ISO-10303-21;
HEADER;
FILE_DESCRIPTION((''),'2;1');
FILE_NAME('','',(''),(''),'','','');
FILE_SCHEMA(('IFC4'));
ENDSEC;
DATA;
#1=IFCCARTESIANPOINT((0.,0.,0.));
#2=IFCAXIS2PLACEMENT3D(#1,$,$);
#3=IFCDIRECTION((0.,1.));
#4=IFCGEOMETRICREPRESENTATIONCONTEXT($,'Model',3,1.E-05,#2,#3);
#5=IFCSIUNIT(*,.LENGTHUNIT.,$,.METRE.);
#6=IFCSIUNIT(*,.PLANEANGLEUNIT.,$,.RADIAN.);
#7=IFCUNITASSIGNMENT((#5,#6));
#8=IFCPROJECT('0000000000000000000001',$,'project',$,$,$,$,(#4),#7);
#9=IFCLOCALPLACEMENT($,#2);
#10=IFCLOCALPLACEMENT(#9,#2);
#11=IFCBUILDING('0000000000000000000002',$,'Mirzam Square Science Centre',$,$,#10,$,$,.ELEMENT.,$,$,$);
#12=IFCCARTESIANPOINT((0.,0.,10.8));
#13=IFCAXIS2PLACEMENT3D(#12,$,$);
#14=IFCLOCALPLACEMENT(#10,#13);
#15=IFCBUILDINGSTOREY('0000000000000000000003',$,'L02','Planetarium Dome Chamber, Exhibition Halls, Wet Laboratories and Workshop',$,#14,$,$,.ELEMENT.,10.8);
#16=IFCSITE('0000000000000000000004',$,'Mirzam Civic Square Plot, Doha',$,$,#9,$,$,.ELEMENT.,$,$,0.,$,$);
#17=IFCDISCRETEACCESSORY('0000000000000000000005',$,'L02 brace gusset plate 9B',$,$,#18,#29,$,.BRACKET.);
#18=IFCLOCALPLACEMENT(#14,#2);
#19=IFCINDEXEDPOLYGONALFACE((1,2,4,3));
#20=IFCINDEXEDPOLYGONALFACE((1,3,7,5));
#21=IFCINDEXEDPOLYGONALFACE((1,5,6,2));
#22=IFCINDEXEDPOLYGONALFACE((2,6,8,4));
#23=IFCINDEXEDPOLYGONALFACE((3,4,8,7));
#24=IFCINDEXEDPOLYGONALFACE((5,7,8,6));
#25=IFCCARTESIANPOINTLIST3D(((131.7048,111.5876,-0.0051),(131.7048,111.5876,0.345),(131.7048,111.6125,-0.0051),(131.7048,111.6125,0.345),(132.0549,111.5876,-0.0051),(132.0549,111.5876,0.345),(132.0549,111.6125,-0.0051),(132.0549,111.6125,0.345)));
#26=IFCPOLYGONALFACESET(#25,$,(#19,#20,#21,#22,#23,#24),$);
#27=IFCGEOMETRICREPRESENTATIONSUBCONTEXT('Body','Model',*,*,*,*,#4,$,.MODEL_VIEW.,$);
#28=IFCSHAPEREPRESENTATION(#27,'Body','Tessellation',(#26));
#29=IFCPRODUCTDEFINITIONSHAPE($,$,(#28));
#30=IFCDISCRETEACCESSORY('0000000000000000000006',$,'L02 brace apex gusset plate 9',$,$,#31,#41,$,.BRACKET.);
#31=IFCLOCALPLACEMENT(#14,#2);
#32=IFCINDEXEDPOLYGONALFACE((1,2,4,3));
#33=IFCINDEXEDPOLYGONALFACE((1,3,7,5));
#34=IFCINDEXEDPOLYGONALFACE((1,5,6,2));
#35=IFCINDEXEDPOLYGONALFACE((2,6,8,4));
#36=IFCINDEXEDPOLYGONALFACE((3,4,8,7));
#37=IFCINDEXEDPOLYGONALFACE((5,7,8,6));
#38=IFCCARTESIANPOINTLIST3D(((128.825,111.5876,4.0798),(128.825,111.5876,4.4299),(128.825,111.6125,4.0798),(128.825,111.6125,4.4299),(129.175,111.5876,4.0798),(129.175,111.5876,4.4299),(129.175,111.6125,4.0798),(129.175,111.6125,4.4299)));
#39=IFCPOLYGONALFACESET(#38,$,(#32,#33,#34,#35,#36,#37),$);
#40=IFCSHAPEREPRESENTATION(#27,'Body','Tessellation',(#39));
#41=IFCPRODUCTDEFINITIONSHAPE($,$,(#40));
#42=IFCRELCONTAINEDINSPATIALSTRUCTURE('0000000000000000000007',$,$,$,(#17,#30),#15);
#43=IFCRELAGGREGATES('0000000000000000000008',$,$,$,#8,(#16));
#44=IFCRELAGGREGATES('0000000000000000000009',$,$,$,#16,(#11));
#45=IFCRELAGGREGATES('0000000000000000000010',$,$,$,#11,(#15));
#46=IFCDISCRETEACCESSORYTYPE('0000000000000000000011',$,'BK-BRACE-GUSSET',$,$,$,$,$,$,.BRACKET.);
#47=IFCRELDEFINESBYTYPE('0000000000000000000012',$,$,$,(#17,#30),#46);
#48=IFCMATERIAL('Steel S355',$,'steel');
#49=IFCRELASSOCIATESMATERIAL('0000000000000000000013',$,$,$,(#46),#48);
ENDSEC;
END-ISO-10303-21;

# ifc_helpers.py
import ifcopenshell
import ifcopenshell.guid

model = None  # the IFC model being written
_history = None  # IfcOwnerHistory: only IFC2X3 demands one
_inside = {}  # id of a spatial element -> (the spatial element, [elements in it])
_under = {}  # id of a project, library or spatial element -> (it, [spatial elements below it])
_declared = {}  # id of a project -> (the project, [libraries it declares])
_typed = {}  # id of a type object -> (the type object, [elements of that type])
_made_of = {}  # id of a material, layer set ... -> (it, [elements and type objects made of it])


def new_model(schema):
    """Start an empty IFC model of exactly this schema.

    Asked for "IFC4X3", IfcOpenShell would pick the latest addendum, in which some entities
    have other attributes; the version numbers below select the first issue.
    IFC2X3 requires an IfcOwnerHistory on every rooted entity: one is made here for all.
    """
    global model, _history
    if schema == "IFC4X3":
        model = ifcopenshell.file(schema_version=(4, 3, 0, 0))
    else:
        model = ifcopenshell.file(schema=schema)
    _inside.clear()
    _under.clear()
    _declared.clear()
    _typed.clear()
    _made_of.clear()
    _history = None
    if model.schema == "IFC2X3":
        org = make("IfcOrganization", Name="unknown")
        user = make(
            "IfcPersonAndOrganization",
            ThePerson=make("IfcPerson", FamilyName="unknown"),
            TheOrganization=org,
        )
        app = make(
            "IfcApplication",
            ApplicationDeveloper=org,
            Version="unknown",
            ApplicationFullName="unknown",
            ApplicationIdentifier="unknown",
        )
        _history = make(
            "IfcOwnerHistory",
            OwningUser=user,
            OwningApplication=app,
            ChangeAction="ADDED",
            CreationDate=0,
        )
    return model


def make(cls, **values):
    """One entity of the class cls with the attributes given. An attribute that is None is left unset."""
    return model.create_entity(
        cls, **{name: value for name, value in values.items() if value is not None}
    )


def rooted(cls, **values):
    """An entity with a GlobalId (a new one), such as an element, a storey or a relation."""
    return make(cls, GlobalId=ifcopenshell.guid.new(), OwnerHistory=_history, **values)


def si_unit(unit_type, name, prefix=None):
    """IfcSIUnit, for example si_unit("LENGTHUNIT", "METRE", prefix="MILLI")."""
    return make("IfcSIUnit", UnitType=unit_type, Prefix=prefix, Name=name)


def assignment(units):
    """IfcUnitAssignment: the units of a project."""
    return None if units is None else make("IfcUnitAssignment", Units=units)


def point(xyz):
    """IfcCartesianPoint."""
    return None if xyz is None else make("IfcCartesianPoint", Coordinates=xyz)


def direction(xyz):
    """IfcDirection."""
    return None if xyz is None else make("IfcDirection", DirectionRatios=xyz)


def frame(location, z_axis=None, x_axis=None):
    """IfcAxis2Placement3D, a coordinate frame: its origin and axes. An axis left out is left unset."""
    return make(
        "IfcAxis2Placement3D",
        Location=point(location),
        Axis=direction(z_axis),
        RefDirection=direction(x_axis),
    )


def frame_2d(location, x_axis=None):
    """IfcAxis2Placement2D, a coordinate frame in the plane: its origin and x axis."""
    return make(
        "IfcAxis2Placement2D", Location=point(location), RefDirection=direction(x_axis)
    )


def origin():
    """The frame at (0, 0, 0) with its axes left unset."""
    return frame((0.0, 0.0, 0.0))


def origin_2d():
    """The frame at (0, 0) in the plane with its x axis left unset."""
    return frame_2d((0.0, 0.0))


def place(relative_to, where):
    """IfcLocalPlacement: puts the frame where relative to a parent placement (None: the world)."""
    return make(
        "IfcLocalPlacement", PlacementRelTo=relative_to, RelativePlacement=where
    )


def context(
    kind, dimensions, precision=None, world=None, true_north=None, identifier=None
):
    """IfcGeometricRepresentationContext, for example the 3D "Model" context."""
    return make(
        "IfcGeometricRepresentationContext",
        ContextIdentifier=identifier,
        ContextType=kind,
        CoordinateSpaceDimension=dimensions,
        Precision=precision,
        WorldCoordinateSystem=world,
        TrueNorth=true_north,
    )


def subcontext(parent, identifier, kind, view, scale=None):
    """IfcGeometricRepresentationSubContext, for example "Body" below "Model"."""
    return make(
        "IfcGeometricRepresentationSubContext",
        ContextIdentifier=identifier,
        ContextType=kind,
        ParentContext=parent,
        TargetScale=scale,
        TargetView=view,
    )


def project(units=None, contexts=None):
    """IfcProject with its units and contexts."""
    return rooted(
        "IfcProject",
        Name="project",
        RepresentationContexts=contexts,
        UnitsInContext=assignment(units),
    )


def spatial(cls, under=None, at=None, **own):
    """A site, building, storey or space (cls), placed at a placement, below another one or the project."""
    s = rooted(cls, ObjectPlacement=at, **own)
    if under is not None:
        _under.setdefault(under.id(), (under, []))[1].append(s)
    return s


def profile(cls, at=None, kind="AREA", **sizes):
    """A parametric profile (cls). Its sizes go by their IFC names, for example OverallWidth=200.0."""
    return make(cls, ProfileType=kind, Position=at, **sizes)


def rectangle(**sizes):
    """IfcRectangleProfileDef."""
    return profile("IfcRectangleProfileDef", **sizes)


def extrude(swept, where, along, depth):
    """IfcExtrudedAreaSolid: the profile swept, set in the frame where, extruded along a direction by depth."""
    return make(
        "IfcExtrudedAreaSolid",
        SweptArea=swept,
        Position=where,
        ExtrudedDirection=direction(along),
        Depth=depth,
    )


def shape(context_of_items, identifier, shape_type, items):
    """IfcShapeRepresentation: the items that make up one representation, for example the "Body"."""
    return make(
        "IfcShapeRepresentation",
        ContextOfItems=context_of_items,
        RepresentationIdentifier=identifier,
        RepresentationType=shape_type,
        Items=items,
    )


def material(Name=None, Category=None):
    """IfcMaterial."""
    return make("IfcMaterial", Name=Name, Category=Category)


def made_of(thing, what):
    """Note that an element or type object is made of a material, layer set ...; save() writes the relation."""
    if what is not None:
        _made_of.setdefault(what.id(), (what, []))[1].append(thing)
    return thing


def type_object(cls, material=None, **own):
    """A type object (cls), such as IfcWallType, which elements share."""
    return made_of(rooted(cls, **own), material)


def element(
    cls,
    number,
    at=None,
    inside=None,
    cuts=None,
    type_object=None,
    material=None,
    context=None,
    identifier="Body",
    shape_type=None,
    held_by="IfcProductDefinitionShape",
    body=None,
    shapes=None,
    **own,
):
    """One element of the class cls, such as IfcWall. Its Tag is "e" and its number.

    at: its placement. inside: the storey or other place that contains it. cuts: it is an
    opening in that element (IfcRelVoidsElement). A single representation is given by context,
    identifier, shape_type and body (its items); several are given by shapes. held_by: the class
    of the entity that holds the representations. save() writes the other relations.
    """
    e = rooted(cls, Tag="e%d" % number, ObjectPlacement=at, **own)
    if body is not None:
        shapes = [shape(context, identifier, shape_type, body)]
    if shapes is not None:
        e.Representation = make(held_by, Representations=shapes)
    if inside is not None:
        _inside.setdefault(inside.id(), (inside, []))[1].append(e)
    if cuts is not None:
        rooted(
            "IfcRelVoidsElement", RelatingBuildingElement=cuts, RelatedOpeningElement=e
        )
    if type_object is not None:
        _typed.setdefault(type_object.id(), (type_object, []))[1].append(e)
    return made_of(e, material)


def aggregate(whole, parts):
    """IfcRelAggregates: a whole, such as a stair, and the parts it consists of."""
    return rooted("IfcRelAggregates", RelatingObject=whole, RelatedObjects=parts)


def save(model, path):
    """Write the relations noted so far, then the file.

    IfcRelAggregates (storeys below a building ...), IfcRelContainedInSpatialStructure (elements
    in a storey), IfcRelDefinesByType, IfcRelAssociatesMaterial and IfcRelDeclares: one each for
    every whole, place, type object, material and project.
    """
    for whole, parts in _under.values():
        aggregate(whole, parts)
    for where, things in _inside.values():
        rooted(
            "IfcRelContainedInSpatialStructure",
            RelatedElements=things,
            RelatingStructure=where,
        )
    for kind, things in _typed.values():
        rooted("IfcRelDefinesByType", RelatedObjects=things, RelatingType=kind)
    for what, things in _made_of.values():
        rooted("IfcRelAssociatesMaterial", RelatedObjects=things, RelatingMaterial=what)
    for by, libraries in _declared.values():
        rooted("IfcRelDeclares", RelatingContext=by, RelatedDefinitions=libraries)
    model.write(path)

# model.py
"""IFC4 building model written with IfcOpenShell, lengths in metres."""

from ifc_helpers import new_model, si_unit, direction, frame, origin, origin_2d, place, context, subcontext, project, spatial, rectangle, extrude, material, type_object, element, save


model = new_model("IFC4")

# Units and contexts
model_context = context("Model", 3, precision=1e-05, world=origin(), true_north=direction((0.0, 1.0)))
body_context = subcontext(model_context, "Body", "Model", "MODEL_VIEW")
ifc_project = project(units=[si_unit("LENGTHUNIT", "METRE"), si_unit("PLANEANGLEUNIT", "RADIAN")], contexts=[model_context])

# Site, building, storey
site_placement = place(None, origin())
site = spatial("IfcSite", under=ifc_project, at=site_placement, Name="Mirzam Civic Square Plot, Doha", CompositionType="ELEMENT", RefElevation=0.0)
building_placement = place(site_placement, origin())
building = spatial("IfcBuilding", under=site, at=building_placement, Name="Mirzam Square Science Centre", CompositionType="ELEMENT")
storey_placement = place(building_placement, frame((0.0, 0.0, 10.8)))
storey = spatial("IfcBuildingStorey", under=building, at=storey_placement, Name="L02", Description="Planetarium Dome Chamber, Exhibition Halls, Wet Laboratories and Workshop", CompositionType="ELEMENT", Elevation=10.8)

# Shared definitions
ifc_material_1 = material(Name="Steel S355", Category="steel")

# Discrete accessories
discrete_accessory_type = type_object("IfcDiscreteAccessoryType", Name="BK-BRACE-GUSSET", PredefinedType="BRACKET", material=ifc_material_1)
for number, where, z_axis, x_axis, name in (
    (1, (131.8799, 111.6001, -0.0051), (0.0, 0.0, 1.0), (1.0, 0.0, 0.0), "L02 brace gusset plate 9B"),
    (2, (129.0, 111.6001, 4.0798), (0.0, 0.0, 1.0), (1.0, 0.0, 0.0), "L02 brace apex gusset plate 9"),
):
    element("IfcDiscreteAccessory", number, at=place(storey_placement, frame(where, z_axis=z_axis, x_axis=x_axis)), inside=storey, type_object=discrete_accessory_type, Name=name, PredefinedType="BRACKET", context=body_context, shape_type="SweptSolid", body=[
        extrude(rectangle(XDim=0.3501, YDim=0.0249, at=origin_2d()), origin(), (0.0, 0.0, 1.0), 0.3501),
    ])

save(model, "model.ifc")
